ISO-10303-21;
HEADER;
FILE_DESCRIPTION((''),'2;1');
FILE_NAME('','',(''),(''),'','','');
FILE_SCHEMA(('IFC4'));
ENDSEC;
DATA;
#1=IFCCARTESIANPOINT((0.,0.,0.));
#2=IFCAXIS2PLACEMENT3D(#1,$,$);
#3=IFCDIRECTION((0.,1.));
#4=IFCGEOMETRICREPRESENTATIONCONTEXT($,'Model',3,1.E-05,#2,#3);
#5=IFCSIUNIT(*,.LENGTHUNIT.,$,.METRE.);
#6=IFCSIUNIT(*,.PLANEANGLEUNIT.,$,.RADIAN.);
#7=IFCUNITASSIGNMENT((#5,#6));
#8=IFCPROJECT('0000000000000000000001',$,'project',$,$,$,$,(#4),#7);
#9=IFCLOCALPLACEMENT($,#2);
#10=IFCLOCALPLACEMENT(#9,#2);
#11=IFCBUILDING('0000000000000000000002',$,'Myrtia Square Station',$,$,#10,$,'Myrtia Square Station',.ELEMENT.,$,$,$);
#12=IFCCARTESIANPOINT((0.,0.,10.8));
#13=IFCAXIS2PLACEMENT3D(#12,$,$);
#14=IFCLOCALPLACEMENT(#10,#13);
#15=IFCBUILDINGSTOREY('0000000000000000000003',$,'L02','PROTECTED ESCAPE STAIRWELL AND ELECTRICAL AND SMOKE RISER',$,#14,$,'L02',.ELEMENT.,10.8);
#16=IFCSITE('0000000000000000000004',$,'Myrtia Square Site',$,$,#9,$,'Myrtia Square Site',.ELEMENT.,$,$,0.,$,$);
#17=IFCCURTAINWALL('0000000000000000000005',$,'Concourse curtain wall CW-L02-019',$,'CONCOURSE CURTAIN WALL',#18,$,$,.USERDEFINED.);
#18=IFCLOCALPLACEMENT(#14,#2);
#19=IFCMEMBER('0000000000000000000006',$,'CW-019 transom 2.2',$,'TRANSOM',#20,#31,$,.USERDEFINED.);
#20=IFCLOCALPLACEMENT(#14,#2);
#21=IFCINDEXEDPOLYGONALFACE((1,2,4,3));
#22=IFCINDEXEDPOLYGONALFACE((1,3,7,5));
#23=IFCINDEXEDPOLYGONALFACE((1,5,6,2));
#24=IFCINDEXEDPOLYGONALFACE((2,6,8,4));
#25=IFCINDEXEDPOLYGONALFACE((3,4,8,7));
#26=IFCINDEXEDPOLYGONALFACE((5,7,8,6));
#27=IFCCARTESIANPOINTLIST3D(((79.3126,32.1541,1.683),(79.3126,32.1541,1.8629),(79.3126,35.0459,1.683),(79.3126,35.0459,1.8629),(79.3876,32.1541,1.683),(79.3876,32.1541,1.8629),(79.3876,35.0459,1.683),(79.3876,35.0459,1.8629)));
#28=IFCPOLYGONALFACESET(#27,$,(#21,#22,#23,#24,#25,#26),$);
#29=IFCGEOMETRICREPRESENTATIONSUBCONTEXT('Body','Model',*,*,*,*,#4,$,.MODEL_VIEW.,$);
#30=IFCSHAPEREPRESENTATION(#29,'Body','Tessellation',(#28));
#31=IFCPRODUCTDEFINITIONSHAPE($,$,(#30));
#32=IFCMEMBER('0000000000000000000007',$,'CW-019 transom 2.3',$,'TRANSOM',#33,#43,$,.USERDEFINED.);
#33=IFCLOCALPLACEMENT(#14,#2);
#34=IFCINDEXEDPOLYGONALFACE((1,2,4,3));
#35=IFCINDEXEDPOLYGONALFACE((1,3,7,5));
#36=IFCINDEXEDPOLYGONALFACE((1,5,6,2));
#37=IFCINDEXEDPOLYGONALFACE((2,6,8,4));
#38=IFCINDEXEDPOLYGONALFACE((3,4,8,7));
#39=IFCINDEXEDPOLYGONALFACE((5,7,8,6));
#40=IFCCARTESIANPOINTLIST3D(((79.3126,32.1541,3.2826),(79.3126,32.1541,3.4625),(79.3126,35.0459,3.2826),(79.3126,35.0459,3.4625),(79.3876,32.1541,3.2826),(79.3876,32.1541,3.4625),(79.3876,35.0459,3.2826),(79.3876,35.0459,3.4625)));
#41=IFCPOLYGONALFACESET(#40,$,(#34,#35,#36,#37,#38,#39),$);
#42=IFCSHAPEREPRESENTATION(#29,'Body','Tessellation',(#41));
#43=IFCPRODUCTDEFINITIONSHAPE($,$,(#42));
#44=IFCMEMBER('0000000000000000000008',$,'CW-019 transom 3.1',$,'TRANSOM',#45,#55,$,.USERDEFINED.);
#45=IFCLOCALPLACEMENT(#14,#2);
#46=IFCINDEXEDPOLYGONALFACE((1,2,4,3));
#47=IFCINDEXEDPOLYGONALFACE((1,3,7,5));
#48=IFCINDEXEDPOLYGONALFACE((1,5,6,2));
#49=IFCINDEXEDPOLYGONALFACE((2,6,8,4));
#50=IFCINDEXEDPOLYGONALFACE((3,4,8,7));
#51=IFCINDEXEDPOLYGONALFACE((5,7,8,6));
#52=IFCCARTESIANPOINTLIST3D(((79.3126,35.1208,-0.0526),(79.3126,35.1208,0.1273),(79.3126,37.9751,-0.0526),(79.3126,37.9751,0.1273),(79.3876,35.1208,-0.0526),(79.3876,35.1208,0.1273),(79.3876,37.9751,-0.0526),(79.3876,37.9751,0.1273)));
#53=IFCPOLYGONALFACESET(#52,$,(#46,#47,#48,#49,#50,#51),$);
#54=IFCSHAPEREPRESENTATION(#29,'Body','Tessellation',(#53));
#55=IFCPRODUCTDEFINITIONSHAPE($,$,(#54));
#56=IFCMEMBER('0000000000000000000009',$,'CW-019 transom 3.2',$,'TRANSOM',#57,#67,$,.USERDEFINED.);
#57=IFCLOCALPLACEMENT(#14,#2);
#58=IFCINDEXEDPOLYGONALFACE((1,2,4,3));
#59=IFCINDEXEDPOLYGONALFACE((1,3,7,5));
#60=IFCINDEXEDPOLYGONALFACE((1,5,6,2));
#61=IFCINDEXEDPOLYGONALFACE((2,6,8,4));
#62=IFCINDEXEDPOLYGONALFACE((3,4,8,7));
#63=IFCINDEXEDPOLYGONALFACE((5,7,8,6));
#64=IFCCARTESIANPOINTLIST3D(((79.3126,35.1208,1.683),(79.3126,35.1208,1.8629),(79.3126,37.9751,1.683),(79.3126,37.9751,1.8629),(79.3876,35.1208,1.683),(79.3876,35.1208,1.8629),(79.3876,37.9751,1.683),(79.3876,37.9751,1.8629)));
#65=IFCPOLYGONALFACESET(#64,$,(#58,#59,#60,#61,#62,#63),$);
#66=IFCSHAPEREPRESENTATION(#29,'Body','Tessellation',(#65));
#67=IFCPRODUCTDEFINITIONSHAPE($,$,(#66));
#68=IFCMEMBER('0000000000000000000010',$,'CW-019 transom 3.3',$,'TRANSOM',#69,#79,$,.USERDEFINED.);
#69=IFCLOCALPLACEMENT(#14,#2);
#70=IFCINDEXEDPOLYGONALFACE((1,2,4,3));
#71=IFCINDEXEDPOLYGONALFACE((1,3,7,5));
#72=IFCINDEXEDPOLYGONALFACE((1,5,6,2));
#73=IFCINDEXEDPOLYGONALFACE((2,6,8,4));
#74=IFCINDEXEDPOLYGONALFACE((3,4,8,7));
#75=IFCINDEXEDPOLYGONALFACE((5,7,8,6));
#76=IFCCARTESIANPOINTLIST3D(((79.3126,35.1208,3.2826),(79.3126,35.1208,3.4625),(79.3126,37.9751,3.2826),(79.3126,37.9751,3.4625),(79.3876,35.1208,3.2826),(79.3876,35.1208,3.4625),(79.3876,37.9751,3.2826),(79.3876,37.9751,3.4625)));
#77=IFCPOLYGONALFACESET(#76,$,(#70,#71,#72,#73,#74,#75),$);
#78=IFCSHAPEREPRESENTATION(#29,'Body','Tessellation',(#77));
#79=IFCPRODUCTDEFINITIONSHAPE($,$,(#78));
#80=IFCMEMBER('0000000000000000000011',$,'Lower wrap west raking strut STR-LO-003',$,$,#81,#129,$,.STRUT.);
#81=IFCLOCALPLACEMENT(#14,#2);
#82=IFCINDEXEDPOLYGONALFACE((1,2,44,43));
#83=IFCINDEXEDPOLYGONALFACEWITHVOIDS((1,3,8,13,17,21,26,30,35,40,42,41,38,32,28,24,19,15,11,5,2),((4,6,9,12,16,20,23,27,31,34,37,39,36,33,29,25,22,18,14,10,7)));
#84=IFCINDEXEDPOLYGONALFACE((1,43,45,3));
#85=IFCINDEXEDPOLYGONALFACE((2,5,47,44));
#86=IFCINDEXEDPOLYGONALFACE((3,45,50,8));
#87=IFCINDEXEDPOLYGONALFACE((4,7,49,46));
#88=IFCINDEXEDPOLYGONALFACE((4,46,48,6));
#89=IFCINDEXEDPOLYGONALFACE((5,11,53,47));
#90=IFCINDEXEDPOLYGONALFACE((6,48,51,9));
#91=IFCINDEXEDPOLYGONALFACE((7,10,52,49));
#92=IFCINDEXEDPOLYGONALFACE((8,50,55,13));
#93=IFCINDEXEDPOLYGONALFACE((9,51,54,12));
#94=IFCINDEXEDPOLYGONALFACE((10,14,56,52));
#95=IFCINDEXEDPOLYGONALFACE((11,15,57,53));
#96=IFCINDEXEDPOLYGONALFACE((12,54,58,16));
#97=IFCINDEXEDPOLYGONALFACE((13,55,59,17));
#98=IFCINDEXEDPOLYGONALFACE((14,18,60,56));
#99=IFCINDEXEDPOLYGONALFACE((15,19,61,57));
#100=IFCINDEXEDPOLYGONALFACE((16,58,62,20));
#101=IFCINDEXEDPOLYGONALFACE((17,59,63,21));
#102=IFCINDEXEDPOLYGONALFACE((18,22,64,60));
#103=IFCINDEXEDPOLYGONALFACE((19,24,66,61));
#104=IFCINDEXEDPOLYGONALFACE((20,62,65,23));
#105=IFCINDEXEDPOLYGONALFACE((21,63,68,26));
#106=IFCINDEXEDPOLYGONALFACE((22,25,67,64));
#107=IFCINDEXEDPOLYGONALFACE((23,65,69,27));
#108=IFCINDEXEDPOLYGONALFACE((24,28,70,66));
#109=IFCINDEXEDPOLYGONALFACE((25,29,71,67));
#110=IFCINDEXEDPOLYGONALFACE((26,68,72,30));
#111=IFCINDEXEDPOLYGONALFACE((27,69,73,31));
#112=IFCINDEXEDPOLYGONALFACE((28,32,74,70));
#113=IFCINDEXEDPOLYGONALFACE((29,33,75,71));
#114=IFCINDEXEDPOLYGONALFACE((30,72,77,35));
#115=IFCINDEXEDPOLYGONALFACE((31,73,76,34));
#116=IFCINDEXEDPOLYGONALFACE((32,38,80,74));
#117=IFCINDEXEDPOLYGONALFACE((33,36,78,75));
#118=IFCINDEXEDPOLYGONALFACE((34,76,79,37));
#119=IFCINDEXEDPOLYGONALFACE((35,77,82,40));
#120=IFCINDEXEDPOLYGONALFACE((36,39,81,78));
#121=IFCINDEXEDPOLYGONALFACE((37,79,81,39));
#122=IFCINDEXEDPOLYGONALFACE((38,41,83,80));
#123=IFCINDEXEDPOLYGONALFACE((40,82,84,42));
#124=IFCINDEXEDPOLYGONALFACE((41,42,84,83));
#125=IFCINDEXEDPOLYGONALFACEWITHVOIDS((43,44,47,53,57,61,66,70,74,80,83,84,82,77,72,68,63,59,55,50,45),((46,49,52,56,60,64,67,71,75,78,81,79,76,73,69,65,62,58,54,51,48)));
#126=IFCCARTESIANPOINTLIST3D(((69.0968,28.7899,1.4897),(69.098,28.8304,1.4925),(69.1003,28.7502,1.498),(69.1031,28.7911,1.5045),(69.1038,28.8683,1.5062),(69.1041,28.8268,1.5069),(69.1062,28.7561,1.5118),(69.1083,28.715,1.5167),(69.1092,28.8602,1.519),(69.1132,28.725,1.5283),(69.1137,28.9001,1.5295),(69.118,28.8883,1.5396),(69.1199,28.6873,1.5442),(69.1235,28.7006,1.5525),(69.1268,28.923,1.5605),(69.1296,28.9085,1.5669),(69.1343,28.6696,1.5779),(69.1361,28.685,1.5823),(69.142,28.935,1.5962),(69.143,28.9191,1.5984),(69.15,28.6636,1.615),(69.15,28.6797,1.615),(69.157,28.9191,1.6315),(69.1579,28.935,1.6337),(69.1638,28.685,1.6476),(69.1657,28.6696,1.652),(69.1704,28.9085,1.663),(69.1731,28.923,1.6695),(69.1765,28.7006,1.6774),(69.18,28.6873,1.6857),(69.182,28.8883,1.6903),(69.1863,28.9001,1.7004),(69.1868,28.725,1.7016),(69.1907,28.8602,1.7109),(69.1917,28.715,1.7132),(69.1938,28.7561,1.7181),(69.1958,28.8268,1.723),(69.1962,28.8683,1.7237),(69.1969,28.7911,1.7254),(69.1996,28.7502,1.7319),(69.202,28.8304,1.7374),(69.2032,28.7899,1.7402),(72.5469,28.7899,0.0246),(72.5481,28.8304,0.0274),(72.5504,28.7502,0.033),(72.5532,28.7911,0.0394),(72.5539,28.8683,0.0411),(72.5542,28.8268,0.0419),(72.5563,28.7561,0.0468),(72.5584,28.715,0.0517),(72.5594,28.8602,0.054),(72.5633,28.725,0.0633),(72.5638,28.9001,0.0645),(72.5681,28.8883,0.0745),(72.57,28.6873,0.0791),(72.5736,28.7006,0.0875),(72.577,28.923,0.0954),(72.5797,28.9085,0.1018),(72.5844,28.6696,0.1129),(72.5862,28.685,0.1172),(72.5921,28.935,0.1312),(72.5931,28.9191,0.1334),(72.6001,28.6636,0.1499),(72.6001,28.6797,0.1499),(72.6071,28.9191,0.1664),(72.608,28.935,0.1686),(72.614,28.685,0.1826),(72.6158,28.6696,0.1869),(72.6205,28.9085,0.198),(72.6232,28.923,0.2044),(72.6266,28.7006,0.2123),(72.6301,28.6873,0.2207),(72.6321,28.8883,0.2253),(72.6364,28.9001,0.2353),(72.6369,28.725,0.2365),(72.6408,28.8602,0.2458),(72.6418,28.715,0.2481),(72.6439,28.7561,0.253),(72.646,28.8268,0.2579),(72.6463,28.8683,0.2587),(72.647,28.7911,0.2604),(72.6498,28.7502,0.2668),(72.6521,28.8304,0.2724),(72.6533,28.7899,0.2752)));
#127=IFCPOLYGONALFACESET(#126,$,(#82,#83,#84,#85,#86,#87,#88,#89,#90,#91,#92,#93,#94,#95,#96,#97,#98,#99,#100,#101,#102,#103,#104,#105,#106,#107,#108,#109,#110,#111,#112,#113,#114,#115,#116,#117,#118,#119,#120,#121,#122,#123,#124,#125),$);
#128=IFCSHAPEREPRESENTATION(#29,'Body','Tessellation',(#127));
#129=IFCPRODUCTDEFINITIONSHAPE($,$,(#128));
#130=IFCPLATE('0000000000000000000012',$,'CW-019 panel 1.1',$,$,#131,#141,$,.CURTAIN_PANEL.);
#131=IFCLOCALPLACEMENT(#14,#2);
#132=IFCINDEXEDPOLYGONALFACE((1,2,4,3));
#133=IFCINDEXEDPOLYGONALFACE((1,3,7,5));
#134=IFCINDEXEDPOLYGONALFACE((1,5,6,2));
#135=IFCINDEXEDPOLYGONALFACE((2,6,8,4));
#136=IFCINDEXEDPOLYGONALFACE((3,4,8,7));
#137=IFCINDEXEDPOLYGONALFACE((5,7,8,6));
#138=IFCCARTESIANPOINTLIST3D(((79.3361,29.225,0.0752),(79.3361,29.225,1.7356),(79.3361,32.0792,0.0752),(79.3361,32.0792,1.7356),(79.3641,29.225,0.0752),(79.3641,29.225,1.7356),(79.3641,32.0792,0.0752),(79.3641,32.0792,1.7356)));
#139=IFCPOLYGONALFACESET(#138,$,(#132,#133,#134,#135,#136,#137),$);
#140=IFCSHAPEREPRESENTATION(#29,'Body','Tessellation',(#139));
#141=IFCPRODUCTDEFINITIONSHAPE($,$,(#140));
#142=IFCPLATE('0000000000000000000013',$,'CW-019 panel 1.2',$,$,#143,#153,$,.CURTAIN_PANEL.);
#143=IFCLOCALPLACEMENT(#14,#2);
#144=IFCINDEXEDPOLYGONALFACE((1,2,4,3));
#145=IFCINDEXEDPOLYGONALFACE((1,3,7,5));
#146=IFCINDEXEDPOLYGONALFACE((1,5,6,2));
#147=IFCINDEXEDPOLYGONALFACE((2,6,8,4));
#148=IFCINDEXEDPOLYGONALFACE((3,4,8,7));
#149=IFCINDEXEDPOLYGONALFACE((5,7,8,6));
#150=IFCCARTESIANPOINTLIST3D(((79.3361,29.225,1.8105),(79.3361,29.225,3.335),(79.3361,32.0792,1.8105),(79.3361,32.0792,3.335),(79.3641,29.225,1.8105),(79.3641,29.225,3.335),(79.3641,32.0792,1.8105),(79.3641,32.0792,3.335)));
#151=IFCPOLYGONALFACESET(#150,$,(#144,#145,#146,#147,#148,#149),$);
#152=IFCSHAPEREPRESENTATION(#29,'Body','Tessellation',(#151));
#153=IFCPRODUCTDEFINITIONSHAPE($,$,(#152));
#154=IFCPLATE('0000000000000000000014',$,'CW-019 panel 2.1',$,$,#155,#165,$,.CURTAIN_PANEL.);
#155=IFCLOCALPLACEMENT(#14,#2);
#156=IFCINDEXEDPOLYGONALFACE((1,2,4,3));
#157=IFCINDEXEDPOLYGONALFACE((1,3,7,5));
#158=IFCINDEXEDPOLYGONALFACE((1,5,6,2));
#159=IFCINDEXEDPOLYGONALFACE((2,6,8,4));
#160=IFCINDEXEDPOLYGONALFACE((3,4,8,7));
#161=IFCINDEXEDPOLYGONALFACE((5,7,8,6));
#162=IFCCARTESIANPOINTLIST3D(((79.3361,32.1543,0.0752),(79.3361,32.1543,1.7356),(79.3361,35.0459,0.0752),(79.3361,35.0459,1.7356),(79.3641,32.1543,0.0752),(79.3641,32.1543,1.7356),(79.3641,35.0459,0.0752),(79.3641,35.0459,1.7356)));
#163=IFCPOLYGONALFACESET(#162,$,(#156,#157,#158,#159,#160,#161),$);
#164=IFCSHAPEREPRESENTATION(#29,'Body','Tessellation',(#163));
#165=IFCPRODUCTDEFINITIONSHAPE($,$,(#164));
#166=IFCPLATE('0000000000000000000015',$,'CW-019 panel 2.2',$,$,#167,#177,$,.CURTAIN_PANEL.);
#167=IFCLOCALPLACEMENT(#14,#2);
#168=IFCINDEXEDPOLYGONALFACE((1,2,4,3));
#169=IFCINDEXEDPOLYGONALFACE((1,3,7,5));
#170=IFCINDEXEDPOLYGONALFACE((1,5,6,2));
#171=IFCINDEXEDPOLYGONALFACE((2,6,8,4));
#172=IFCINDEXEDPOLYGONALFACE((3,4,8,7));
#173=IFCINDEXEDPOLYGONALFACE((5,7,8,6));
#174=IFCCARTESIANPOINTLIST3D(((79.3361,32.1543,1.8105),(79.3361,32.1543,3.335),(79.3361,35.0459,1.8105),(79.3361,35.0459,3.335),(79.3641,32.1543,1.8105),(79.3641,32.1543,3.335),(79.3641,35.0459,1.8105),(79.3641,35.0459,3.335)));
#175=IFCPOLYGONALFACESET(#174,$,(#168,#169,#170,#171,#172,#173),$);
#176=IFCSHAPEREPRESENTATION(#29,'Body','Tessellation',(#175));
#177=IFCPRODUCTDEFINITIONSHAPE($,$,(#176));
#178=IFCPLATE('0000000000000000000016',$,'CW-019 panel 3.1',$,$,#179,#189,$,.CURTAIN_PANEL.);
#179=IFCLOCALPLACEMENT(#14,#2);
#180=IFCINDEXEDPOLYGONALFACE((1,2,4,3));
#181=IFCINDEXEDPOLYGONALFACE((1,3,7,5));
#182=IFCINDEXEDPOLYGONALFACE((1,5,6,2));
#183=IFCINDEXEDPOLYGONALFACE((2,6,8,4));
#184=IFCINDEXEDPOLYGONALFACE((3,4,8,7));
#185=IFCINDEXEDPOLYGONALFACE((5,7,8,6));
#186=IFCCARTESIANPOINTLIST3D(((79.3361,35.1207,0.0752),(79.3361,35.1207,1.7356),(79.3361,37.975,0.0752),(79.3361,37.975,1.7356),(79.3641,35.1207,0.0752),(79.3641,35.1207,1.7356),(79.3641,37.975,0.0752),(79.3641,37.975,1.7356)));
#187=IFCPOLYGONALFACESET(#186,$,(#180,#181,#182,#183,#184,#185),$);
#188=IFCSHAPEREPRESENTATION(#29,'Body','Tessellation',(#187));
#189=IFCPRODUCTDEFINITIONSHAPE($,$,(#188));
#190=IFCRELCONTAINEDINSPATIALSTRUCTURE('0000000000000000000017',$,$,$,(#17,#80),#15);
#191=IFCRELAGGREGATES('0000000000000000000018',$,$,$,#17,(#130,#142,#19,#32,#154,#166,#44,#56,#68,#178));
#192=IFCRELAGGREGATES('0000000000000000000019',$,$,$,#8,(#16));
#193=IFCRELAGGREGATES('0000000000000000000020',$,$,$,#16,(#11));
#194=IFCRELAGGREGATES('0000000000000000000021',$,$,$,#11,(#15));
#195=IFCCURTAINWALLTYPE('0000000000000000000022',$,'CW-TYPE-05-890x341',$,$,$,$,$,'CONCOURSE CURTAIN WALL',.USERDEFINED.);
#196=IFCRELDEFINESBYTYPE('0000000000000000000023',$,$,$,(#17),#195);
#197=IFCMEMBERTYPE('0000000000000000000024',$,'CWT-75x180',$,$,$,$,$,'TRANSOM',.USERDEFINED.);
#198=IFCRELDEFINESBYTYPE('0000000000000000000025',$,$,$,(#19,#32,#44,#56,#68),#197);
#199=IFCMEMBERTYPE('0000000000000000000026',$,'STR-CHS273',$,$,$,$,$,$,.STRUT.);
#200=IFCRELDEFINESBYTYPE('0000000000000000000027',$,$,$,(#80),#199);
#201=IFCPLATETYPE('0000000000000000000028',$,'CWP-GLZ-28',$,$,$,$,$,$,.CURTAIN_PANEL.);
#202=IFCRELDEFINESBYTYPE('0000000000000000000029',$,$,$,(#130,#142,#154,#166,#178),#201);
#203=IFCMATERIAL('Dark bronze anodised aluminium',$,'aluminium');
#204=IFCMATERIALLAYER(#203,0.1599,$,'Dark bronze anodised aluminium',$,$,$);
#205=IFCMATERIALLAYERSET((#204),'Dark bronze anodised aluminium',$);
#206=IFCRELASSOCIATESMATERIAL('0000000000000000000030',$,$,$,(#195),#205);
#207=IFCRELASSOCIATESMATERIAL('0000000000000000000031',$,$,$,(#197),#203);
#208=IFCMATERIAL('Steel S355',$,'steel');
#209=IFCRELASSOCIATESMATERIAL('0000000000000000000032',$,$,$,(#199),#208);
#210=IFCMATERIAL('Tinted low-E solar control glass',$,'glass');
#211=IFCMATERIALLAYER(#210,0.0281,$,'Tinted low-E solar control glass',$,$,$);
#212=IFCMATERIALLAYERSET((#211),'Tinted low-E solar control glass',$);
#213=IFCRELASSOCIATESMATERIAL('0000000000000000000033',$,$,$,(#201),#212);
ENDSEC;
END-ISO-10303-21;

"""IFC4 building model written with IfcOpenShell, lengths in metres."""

from ifc_helpers import new_model, si_unit, direction, frame, origin, origin_2d, place, context, subcontext, project, spatial, rectangle, hollow_circle, extrude, material, layer, layer_set, material_profile, profile_set, type_object, element, aggregate, save


model = new_model("IFC4")

# Units and contexts
model_context = context("Model", 3, precision=1e-05, world=origin(), true_north=direction((0.0, 1.0)))
body_context = subcontext(model_context, "Body", "Model", "MODEL_VIEW")
ifc_project = project(units=[si_unit("LENGTHUNIT", "METRE"), si_unit("PLANEANGLEUNIT", "RADIAN")], contexts=[model_context])

# Site, building, storey
site_placement = place(None, origin())
site = spatial("IfcSite", under=ifc_project, at=site_placement, Name="Myrtia Square Site", LongName="Myrtia Square Site", CompositionType="ELEMENT", RefElevation=0.0)
building_placement = place(site_placement, origin())
building = spatial("IfcBuilding", under=site, at=building_placement, Name="Myrtia Square Station", LongName="Myrtia Square Station", CompositionType="ELEMENT")
storey_placement = place(building_placement, frame((0.0, 0.0, 10.8)))
storey = spatial("IfcBuildingStorey", under=building, at=storey_placement, Name="L02", Description="PROTECTED ESCAPE STAIRWELL AND ELECTRICAL AND SMOKE RISER", LongName="L02", CompositionType="ELEMENT", Elevation=10.8)

# Shared definitions
ifc_material_1 = material(Name="Steel S355", Category="steel")

# Curtain wall, members
ifc_material_2 = material(Name="Dark bronze anodised aluminium", Category="aluminium")
ifc_layer_1 = layer(ifc_material_2, 0.1599, Name="Dark bronze anodised aluminium")
ifc_layer_set_1 = layer_set([ifc_layer_1], Name="Dark bronze anodised aluminium")
curtain_wall_type = type_object("IfcCurtainWallType", Name="CW-TYPE-05-890x341", ElementType="CONCOURSE CURTAIN WALL", PredefinedType="USERDEFINED", material=ifc_layer_set_1)
curtain_wall_placement = place(storey_placement, origin())
curtain_wall = element("IfcCurtainWall", 1, at=curtain_wall_placement, inside=storey, type_object=curtain_wall_type, Name="Concourse curtain wall CW-L02-019", ObjectType="CONCOURSE CURTAIN WALL", PredefinedType="USERDEFINED")
ifc_material_profile_1 = material_profile(ifc_material_2, rectangle(XDim=0.075, YDim=0.1799, at=origin_2d()), Name="ALU-T 75x180")
ifc_profile_set_1 = profile_set([ifc_material_profile_1], Name="Dark bronze anodised aluminium")
member_type_1 = type_object("IfcMemberType", Name="CWT-75x180", ElementType="TRANSOM", PredefinedType="USERDEFINED", material=ifc_profile_set_1)
member_1_placement = place(storey_placement, frame((79.3501, 32.1541, 1.7729), z_axis=(0.0, 1.0, 0.0), x_axis=(-1.0, 0.0, 0.0)))
member_1 = element("IfcMember", 2, at=member_1_placement, type_object=member_type_1, Name="CW-019 transom 2.2", ObjectType="TRANSOM", PredefinedType="USERDEFINED", context=body_context, shape_type="SweptSolid", body=[
    extrude(rectangle(XDim=0.075, YDim=0.1799, at=origin_2d()), origin(), (0.0, 0.0, 1.0), 2.8918),
])
member_2_placement = place(storey_placement, frame((79.3501, 32.1541, 3.3726), z_axis=(0.0, 1.0, 0.0), x_axis=(-1.0, 0.0, 0.0)))
member_2 = element("IfcMember", 3, at=member_2_placement, type_object=member_type_1, Name="CW-019 transom 2.3", ObjectType="TRANSOM", PredefinedType="USERDEFINED", context=body_context, shape_type="SweptSolid", body=[
    extrude(rectangle(XDim=0.075, YDim=0.1799, at=origin_2d()), origin(), (0.0, 0.0, 1.0), 2.8918),
])
member_3_placement = place(storey_placement, frame((79.3501, 35.1208, 0.0374), z_axis=(0.0, 1.0, 0.0), x_axis=(-1.0, 0.0, 0.0)))
member_3 = element("IfcMember", 4, at=member_3_placement, type_object=member_type_1, Name="CW-019 transom 3.1", ObjectType="TRANSOM", PredefinedType="USERDEFINED", context=body_context, shape_type="SweptSolid", body=[
    extrude(rectangle(XDim=0.075, YDim=0.1799, at=origin_2d()), origin(), (0.0, 0.0, 1.0), 2.8542),
])
member_4_placement = place(storey_placement, frame((79.3501, 35.1208, 1.7729), z_axis=(0.0, 1.0, 0.0), x_axis=(-1.0, 0.0, 0.0)))
member_4 = element("IfcMember", 5, at=member_4_placement, type_object=member_type_1, Name="CW-019 transom 3.2", ObjectType="TRANSOM", PredefinedType="USERDEFINED", context=body_context, shape_type="SweptSolid", body=[
    extrude(rectangle(XDim=0.075, YDim=0.1799, at=origin_2d()), origin(), (0.0, 0.0, 1.0), 2.8542),
])
member_5_placement = place(storey_placement, frame((79.3501, 35.1208, 3.3726), z_axis=(0.0, 1.0, 0.0), x_axis=(-1.0, 0.0, 0.0)))
member_5 = element("IfcMember", 6, at=member_5_placement, type_object=member_type_1, Name="CW-019 transom 3.3", ObjectType="TRANSOM", PredefinedType="USERDEFINED", context=body_context, shape_type="SweptSolid", body=[
    extrude(rectangle(XDim=0.075, YDim=0.1799, at=origin_2d()), origin(), (0.0, 0.0, 1.0), 2.8542),
])

# Member
ifc_material_profile_2 = material_profile(ifc_material_1, hollow_circle(Radius=0.1365, WallThickness=0.0161, at=origin_2d()), Name="CHS 273x16")
ifc_profile_set_2 = profile_set([ifc_material_profile_2], Name="Steel S355")
member_type_2 = type_object("IfcMemberType", Name="STR-CHS273", PredefinedType="STRUT", material=ifc_profile_set_2)
member_6_placement = place(storey_placement, frame((72.6001, 28.8, 0.1499), z_axis=(-0.92045, 0.0, 0.390859), x_axis=(0.0, -1.0, 0.0)))
element("IfcMember", 7, at=member_6_placement, inside=storey, type_object=member_type_2, Name="Lower wrap west raking strut STR-LO-003", PredefinedType="STRUT", context=body_context, shape_type="SweptSolid", body=[
    extrude(hollow_circle(Radius=0.1365, WallThickness=0.0161, at=origin_2d()), origin(), (0.0, 0.0, 1.0), 3.7483),
])

# Plates
ifc_material_3 = material(Name="Tinted low-E solar control glass", Category="glass")
ifc_layer_2 = layer(ifc_material_3, 0.0281, Name="Tinted low-E solar control glass")
ifc_layer_set_2 = layer_set([ifc_layer_2], Name="Tinted low-E solar control glass")
plate_type_1 = type_object("IfcPlateType", Name="CWP-GLZ-28", PredefinedType="CURTAIN_PANEL", material=ifc_layer_set_2)
plate_1_placement = place(storey_placement, frame((79.3501, 30.6521, 0.0752), z_axis=(0.0, 0.0, 1.0), x_axis=(0.0, 1.0, 0.0)))
plate_1 = element("IfcPlate", 8, at=plate_1_placement, type_object=plate_type_1, Name="CW-019 panel 1.1", PredefinedType="CURTAIN_PANEL", context=body_context, shape_type="SweptSolid", body=[
    extrude(rectangle(XDim=2.8542, YDim=0.0281, at=origin_2d()), origin(), (0.0, 0.0, 1.0), 1.6604),
])
plate_2_placement = place(storey_placement, frame((79.3501, 30.6521, 1.8105), z_axis=(0.0, 0.0, 1.0), x_axis=(0.0, 1.0, 0.0)))
plate_2 = element("IfcPlate", 9, at=plate_2_placement, type_object=plate_type_1, Name="CW-019 panel 1.2", PredefinedType="CURTAIN_PANEL", context=body_context, shape_type="SweptSolid", body=[
    extrude(rectangle(XDim=2.8542, YDim=0.0281, at=origin_2d()), origin(), (0.0, 0.0, 1.0), 1.5244),
])
plate_3_placement = place(storey_placement, frame((79.3501, 33.6001, 0.0752), z_axis=(0.0, 0.0, 1.0), x_axis=(0.0, 1.0, 0.0)))
plate_3 = element("IfcPlate", 10, at=plate_3_placement, type_object=plate_type_1, Name="CW-019 panel 2.1", PredefinedType="CURTAIN_PANEL", context=body_context, shape_type="SweptSolid", body=[
    extrude(rectangle(XDim=2.8916, YDim=0.0281, at=origin_2d()), origin(), (0.0, 0.0, 1.0), 1.6604),
])
plate_4_placement = place(storey_placement, frame((79.3501, 33.6001, 1.8105), z_axis=(0.0, 0.0, 1.0), x_axis=(0.0, 1.0, 0.0)))
plate_4 = element("IfcPlate", 11, at=plate_4_placement, type_object=plate_type_1, Name="CW-019 panel 2.2", PredefinedType="CURTAIN_PANEL", context=body_context, shape_type="SweptSolid", body=[
    extrude(rectangle(XDim=2.8916, YDim=0.0281, at=origin_2d()), origin(), (0.0, 0.0, 1.0), 1.5244),
])
plate_5_placement = place(storey_placement, frame((79.3501, 36.5479, 0.0752), z_axis=(0.0, 0.0, 1.0), x_axis=(0.0, 1.0, 0.0)))
plate_5 = element("IfcPlate", 12, at=plate_5_placement, type_object=plate_type_1, Name="CW-019 panel 3.1", PredefinedType="CURTAIN_PANEL", context=body_context, shape_type="SweptSolid", body=[
    extrude(rectangle(XDim=2.8542, YDim=0.0281, at=origin_2d()), origin(), (0.0, 0.0, 1.0), 1.6604),
])
aggregate(curtain_wall, [plate_1, plate_2, member_1, member_2, plate_3, plate_4, member_3, member_4, member_5, plate_5])

save(model, "model.ifc")
